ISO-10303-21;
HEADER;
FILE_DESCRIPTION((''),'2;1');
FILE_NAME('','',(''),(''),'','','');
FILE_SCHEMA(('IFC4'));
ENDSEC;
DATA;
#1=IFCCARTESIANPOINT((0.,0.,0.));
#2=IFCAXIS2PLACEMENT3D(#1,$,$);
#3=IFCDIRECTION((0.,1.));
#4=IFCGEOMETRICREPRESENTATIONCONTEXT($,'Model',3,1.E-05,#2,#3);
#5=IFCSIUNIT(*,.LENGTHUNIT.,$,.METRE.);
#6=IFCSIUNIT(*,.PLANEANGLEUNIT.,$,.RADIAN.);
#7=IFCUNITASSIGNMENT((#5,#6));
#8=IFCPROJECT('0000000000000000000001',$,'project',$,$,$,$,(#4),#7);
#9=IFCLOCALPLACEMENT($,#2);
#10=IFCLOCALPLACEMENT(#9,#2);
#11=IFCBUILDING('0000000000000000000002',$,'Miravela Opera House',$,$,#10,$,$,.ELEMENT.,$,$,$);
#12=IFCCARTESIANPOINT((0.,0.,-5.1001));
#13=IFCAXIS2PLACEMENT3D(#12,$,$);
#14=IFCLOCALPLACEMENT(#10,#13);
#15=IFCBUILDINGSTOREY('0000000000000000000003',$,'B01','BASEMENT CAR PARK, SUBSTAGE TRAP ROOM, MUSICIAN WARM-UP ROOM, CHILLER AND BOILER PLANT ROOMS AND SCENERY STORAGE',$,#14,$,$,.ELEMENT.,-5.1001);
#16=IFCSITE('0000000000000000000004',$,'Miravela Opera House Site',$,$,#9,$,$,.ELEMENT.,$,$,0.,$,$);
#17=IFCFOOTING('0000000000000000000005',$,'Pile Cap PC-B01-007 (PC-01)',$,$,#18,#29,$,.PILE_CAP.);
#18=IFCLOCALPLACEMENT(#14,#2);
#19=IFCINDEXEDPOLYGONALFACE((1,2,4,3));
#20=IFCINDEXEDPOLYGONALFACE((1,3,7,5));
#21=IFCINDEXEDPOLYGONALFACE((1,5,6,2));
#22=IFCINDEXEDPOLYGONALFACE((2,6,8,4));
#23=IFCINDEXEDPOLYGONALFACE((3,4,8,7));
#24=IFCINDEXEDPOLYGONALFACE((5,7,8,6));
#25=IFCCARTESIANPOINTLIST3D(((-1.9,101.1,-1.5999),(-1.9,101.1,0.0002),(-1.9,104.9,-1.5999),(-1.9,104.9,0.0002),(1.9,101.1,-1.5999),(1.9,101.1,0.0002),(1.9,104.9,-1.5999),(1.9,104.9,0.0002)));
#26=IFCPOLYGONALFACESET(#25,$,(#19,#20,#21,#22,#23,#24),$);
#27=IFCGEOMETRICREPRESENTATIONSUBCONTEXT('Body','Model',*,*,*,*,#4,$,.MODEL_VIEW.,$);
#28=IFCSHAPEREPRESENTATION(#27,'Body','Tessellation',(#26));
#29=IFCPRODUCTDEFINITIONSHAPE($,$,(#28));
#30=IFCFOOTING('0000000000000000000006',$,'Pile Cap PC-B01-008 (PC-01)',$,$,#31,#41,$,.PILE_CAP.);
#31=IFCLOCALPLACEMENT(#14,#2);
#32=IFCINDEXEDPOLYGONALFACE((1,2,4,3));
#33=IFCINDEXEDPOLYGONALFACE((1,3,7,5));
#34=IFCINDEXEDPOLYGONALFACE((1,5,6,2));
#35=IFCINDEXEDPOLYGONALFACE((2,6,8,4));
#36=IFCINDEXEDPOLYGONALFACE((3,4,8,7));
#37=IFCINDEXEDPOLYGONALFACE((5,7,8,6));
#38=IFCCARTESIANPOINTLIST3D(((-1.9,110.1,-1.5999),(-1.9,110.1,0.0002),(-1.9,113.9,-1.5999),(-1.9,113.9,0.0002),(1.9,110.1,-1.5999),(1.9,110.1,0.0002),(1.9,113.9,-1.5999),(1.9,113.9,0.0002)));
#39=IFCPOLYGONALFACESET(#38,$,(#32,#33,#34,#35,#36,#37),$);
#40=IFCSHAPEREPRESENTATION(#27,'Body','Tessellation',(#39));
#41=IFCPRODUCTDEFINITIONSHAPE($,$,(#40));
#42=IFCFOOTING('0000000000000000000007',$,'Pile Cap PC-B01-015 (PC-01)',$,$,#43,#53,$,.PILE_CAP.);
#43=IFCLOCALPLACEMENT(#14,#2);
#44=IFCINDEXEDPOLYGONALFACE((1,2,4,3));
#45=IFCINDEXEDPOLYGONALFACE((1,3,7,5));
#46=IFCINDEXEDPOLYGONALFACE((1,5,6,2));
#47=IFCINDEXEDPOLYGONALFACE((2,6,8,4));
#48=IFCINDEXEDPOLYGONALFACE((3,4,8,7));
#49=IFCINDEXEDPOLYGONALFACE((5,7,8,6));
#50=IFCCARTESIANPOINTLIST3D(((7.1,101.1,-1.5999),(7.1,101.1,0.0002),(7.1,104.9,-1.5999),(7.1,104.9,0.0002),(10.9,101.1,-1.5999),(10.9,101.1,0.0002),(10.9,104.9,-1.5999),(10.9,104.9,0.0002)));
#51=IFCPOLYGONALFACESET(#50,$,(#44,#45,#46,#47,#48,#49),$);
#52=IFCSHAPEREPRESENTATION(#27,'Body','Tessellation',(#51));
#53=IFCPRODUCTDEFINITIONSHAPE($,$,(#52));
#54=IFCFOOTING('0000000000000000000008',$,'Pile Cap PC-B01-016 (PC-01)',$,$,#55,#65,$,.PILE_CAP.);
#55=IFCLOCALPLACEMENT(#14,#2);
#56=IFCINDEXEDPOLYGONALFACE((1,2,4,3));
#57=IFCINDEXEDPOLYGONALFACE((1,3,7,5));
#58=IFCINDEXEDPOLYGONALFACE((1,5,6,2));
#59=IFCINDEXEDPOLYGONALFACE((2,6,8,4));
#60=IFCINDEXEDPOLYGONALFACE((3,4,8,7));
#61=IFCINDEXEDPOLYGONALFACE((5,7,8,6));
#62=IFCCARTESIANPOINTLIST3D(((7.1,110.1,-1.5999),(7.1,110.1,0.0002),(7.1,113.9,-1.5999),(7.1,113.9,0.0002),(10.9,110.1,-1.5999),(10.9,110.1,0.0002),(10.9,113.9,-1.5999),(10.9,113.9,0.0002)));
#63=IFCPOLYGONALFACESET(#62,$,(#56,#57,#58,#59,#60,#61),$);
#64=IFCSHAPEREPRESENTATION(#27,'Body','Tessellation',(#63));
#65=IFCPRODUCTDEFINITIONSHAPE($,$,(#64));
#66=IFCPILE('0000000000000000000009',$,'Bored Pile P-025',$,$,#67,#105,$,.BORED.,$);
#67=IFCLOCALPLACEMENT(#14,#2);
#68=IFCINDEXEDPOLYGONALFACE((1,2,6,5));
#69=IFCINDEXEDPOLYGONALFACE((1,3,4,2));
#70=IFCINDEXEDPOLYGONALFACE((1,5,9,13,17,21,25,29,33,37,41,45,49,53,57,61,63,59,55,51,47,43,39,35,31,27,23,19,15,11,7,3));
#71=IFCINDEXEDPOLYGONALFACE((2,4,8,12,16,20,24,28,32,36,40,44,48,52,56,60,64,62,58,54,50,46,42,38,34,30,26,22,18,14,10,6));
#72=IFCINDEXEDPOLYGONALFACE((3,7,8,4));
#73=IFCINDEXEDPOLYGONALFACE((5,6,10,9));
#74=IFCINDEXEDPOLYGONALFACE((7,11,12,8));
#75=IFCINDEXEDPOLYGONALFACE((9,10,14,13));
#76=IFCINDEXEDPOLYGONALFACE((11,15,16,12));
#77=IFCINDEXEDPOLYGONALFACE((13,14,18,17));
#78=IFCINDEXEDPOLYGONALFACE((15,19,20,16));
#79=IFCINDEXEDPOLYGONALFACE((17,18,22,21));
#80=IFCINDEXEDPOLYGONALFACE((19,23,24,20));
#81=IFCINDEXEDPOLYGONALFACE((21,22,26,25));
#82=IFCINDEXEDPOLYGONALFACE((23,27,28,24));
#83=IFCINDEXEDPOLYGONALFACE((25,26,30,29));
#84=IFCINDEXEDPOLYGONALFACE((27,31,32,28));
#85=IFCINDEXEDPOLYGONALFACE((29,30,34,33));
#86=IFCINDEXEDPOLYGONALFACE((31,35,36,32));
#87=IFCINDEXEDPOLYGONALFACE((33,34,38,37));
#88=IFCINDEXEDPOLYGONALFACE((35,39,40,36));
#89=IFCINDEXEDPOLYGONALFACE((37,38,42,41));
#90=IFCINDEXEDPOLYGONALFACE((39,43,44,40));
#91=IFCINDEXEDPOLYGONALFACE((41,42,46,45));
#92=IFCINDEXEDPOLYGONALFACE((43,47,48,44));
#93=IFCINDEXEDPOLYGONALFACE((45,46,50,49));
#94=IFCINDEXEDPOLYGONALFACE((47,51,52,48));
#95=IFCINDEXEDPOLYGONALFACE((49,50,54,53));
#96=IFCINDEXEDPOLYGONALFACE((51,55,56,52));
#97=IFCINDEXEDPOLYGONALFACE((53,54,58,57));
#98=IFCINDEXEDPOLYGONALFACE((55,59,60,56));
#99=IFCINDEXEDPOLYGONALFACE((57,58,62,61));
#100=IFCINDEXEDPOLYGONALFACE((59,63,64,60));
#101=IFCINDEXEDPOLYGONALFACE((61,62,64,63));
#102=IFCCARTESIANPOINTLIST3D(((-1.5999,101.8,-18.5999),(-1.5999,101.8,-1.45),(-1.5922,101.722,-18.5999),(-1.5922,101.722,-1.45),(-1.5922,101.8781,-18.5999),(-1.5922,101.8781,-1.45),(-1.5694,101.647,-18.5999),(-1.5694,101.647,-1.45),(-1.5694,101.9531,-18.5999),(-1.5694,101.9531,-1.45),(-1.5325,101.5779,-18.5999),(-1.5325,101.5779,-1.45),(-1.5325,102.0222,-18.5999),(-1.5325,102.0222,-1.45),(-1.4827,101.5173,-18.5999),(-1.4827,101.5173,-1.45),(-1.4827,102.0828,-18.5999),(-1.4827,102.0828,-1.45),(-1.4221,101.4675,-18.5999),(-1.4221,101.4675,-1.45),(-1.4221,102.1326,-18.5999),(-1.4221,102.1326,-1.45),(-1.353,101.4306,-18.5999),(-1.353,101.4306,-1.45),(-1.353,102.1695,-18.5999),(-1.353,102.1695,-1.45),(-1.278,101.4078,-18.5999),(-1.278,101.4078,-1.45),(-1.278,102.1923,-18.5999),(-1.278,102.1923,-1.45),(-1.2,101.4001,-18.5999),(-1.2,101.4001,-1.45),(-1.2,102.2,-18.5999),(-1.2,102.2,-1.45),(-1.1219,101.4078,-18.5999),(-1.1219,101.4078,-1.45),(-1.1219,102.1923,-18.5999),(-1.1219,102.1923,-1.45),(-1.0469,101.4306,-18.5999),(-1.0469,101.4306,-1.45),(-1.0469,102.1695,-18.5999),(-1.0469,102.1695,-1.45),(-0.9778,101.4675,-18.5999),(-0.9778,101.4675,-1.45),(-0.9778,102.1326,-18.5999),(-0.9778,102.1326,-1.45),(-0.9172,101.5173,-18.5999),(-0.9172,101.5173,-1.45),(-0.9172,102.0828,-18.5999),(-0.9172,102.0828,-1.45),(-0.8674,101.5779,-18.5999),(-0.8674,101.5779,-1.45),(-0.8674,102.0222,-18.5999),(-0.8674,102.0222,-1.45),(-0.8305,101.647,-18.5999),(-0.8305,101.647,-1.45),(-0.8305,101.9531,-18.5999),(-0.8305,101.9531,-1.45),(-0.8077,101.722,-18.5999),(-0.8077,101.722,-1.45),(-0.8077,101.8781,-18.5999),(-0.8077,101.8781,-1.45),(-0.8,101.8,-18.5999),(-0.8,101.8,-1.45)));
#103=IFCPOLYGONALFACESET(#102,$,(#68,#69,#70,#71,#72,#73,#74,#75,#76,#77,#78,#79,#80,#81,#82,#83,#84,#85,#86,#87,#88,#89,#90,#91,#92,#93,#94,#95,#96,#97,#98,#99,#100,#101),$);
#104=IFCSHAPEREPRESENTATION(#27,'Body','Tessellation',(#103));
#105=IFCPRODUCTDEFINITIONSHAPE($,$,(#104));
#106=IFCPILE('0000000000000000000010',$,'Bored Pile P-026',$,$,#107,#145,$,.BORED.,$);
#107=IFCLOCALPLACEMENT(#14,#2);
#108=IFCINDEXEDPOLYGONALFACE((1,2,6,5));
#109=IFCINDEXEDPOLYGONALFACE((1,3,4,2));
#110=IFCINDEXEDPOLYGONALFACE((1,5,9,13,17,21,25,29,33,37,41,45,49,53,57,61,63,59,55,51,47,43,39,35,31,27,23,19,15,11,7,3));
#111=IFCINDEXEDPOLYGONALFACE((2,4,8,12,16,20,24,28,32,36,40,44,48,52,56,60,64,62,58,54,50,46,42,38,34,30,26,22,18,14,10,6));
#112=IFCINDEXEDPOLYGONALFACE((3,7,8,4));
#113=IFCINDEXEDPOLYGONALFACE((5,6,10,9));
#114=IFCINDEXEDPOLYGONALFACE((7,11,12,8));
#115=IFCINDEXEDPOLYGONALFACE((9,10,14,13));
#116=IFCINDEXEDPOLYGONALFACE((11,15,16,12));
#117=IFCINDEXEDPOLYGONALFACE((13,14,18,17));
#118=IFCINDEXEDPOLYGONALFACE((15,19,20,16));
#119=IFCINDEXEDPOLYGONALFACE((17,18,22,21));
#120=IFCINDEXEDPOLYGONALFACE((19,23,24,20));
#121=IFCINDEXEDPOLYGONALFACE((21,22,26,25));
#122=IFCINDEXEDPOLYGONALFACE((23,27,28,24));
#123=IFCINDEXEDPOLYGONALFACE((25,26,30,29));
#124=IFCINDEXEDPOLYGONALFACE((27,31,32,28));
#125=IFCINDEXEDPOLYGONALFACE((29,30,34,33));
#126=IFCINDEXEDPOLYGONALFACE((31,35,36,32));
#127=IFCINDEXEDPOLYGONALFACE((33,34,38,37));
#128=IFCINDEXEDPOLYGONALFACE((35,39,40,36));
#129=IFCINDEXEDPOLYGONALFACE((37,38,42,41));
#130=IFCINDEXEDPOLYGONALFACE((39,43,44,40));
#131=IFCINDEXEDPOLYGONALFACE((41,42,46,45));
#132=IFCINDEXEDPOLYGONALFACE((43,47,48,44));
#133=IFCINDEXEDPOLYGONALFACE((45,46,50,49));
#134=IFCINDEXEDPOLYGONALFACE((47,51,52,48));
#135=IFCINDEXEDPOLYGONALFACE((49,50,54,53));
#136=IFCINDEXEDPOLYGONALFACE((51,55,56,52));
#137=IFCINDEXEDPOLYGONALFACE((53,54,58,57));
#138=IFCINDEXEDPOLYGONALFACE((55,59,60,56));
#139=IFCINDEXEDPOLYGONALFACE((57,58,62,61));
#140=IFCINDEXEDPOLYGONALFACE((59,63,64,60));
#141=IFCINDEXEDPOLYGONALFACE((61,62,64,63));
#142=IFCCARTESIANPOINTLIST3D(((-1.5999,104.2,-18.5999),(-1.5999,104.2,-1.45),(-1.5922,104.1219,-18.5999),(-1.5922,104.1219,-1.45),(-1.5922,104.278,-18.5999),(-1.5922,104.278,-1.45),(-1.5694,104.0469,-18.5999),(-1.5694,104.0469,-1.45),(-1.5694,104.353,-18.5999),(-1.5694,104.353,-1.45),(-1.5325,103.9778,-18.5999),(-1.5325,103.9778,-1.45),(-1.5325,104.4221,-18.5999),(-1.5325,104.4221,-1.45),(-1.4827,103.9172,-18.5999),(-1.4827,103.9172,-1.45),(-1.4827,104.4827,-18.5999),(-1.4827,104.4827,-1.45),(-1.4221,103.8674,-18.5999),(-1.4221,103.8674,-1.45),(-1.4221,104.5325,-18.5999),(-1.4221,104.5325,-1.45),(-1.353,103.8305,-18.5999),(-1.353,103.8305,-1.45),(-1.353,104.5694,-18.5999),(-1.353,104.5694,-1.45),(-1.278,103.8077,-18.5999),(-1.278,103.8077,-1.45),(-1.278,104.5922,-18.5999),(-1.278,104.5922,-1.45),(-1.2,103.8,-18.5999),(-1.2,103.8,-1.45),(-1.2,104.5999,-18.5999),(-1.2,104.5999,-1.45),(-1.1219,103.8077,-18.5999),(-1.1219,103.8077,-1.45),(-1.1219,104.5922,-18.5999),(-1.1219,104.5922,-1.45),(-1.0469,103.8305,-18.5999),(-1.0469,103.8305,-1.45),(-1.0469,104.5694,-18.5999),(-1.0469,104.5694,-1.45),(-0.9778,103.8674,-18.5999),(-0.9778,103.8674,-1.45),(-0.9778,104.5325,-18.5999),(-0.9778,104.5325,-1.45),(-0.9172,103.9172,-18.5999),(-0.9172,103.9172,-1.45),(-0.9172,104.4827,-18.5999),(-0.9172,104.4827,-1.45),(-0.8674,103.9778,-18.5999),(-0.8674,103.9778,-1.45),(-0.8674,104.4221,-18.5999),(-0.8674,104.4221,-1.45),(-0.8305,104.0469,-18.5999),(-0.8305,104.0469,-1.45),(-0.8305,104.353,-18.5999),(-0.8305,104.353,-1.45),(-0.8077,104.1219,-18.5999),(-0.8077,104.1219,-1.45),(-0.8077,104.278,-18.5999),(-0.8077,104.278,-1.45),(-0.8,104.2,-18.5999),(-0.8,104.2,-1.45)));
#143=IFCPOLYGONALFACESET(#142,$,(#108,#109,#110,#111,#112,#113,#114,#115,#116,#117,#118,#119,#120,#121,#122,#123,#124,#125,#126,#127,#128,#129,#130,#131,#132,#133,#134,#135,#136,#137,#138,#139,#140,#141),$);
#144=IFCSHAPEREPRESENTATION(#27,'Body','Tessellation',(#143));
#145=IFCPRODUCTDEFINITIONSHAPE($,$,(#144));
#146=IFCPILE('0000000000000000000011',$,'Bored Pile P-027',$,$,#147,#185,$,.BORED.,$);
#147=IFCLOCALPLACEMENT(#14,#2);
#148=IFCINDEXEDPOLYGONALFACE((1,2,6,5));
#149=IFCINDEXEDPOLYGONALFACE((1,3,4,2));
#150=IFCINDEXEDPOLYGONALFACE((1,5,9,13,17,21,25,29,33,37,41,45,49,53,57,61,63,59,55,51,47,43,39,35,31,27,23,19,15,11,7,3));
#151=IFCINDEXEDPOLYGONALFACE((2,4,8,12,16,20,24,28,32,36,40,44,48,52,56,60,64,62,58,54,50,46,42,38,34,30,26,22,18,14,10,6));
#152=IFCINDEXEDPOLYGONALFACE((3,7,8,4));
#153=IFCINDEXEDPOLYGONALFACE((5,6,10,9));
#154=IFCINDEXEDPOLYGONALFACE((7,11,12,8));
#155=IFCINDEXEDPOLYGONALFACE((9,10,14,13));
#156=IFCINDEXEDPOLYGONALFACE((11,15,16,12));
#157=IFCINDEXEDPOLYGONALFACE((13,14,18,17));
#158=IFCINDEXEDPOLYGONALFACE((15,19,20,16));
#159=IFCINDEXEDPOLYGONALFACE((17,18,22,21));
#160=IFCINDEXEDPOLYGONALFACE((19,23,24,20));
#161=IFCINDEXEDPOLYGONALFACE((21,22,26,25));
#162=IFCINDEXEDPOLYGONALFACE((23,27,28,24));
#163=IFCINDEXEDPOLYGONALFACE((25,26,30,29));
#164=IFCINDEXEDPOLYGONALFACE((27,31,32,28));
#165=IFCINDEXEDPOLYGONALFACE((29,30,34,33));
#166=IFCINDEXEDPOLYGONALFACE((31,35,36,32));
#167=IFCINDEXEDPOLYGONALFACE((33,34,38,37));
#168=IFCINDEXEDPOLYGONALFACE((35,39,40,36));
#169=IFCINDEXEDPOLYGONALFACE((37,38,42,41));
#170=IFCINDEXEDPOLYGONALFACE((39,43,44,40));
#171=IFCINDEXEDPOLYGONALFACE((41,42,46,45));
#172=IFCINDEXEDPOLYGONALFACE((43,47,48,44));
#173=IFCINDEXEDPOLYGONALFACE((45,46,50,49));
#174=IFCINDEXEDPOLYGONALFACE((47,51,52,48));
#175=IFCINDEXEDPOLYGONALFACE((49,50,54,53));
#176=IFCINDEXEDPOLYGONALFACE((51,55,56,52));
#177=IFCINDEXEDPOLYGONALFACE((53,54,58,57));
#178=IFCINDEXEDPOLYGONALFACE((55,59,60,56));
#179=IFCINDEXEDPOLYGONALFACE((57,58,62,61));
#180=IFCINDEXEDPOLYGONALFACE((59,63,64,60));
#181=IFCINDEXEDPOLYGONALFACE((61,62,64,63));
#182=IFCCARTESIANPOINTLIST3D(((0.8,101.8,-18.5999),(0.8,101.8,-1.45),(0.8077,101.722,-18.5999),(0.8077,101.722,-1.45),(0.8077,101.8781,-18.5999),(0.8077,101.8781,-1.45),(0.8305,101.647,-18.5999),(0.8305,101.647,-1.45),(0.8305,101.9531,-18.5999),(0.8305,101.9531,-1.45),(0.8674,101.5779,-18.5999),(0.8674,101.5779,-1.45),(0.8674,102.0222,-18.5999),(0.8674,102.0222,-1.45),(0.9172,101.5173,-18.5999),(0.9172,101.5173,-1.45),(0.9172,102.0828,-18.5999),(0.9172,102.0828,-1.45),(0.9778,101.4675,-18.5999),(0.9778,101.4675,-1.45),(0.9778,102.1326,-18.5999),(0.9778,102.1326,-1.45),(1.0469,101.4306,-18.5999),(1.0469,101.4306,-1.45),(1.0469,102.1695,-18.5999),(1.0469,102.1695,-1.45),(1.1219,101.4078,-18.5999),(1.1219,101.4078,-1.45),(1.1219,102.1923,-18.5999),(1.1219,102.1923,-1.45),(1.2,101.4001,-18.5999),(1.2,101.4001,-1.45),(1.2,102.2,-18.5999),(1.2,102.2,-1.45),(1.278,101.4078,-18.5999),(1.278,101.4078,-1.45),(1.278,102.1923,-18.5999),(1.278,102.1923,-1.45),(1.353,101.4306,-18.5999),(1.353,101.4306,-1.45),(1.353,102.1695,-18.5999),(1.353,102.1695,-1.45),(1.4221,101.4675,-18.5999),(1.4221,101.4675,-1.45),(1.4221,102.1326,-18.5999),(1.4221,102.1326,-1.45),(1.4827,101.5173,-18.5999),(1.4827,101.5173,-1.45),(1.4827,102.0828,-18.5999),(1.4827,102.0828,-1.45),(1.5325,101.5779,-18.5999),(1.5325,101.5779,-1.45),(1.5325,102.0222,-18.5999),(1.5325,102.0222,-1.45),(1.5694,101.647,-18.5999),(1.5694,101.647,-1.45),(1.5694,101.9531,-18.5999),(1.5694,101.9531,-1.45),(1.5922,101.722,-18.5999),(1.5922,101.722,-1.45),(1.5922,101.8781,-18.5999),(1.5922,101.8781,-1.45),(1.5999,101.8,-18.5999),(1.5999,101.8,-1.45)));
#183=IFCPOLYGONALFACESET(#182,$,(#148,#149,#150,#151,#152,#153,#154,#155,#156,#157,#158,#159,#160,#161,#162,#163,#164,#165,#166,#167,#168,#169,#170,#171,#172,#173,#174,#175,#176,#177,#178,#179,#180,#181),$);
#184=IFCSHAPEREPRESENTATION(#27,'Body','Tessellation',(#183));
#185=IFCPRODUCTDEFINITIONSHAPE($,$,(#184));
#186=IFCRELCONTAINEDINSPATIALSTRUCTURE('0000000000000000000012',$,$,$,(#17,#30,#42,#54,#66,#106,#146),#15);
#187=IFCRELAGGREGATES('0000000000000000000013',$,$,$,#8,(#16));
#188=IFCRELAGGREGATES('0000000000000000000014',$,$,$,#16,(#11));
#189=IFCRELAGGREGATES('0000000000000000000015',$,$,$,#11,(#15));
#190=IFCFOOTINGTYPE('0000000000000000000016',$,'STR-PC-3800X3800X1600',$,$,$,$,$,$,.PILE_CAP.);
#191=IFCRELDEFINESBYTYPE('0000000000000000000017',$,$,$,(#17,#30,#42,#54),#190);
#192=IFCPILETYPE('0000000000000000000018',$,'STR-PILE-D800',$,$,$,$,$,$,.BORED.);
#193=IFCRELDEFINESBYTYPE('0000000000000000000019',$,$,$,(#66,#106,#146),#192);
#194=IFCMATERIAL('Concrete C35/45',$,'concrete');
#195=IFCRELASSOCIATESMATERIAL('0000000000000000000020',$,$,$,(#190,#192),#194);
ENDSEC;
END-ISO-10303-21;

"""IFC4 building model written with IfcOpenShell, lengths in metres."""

from ifc_helpers import new_model, si_unit, direction, frame, origin, origin_2d, place, context, subcontext, project, spatial, rectangle, circle, extrude, material, material_profile, profile_set, type_object, element, save


model = new_model("IFC4")

# Units and contexts
model_context = context("Model", 3, precision=1e-05, world=origin(), true_north=direction((0.0, 1.0)))
body_context = subcontext(model_context, "Body", "Model", "MODEL_VIEW")
ifc_project = project(units=[si_unit("LENGTHUNIT", "METRE"), si_unit("PLANEANGLEUNIT", "RADIAN")], contexts=[model_context])

# Site, building, storey
site_placement = place(None, origin())
site = spatial("IfcSite", under=ifc_project, at=site_placement, Name="Miravela Opera House Site", CompositionType="ELEMENT", RefElevation=0.0)
building_placement = place(site_placement, origin())
building = spatial("IfcBuilding", under=site, at=building_placement, Name="Miravela Opera House", CompositionType="ELEMENT")
storey_placement = place(building_placement, frame((0.0, 0.0, -5.1001)))
storey = spatial("IfcBuildingStorey", under=building, at=storey_placement, Name="B01", Description="BASEMENT CAR PARK, SUBSTAGE TRAP ROOM, MUSICIAN WARM-UP ROOM, CHILLER AND BOILER PLANT ROOMS AND SCENERY STORAGE", CompositionType="ELEMENT", Elevation=-5.1001)

# Footings
ifc_material_1 = material(Name="Concrete C35/45", Category="concrete")
footing_type = type_object("IfcFootingType", Name="STR-PC-3800X3800X1600", PredefinedType="PILE_CAP", material=ifc_material_1)
for number, where, z_axis, x_axis, name in (
    (1, (0.0, 103.0, -1.5999), (0.0, 0.0, 1.0), (1.0, 0.0, 0.0), "Pile Cap PC-B01-007 (PC-01)"),
    (2, (0.0, 112.0, -1.5999), (0.0, 0.0, 1.0), (1.0, 0.0, 0.0), "Pile Cap PC-B01-008 (PC-01)"),
    (3, (9.0, 103.0, -1.5999), (0.0, 0.0, 1.0), (1.0, 0.0, 0.0), "Pile Cap PC-B01-015 (PC-01)"),
    (4, (9.0, 112.0, -1.5999), (0.0, 0.0, 1.0), (1.0, 0.0, 0.0), "Pile Cap PC-B01-016 (PC-01)"),
):
    element("IfcFooting", number, at=place(storey_placement, frame(where, z_axis=z_axis, x_axis=x_axis)), inside=storey, type_object=footing_type, Name=name, PredefinedType="PILE_CAP", context=body_context, shape_type="SweptSolid", body=[
        extrude(rectangle(XDim=3.8, YDim=3.8, at=origin_2d()), origin(), (0.0, 0.0, 1.0), 1.6001),
    ])

# Piles
ifc_material_profile_1 = material_profile(ifc_material_1, circle(Radius=0.3999, at=origin_2d()), Name="PILE-D800")
ifc_profile_set_1 = profile_set([ifc_material_profile_1])
pile_type_1 = type_object("IfcPileType", Name="STR-PILE-D800", PredefinedType="BORED", material=ifc_profile_set_1)
for number, where, z_axis, x_axis, name in (
    (5, (-1.2, 101.8, -1.45), (0.0, 0.0, -1.0), (1.0, 0.0, 0.0), "Bored Pile P-025"),
    (6, (-1.2, 104.2, -1.45), (0.0, 0.0, -1.0), (1.0, 0.0, 0.0), "Bored Pile P-026"),
    (7, (1.2, 101.8, -1.45), (0.0, 0.0, -1.0), (1.0, 0.0, 0.0), "Bored Pile P-027"),
):
    element("IfcPile", number, at=place(storey_placement, frame(where, z_axis=z_axis, x_axis=x_axis)), inside=storey, type_object=pile_type_1, Name=name, PredefinedType="BORED", context=body_context, shape_type="SweptSolid", body=[
        extrude(circle(Radius=0.3999, at=origin_2d()), origin(), (0.0, 0.0, 1.0), 17.1499),
    ])

save(model, "model.ifc")
